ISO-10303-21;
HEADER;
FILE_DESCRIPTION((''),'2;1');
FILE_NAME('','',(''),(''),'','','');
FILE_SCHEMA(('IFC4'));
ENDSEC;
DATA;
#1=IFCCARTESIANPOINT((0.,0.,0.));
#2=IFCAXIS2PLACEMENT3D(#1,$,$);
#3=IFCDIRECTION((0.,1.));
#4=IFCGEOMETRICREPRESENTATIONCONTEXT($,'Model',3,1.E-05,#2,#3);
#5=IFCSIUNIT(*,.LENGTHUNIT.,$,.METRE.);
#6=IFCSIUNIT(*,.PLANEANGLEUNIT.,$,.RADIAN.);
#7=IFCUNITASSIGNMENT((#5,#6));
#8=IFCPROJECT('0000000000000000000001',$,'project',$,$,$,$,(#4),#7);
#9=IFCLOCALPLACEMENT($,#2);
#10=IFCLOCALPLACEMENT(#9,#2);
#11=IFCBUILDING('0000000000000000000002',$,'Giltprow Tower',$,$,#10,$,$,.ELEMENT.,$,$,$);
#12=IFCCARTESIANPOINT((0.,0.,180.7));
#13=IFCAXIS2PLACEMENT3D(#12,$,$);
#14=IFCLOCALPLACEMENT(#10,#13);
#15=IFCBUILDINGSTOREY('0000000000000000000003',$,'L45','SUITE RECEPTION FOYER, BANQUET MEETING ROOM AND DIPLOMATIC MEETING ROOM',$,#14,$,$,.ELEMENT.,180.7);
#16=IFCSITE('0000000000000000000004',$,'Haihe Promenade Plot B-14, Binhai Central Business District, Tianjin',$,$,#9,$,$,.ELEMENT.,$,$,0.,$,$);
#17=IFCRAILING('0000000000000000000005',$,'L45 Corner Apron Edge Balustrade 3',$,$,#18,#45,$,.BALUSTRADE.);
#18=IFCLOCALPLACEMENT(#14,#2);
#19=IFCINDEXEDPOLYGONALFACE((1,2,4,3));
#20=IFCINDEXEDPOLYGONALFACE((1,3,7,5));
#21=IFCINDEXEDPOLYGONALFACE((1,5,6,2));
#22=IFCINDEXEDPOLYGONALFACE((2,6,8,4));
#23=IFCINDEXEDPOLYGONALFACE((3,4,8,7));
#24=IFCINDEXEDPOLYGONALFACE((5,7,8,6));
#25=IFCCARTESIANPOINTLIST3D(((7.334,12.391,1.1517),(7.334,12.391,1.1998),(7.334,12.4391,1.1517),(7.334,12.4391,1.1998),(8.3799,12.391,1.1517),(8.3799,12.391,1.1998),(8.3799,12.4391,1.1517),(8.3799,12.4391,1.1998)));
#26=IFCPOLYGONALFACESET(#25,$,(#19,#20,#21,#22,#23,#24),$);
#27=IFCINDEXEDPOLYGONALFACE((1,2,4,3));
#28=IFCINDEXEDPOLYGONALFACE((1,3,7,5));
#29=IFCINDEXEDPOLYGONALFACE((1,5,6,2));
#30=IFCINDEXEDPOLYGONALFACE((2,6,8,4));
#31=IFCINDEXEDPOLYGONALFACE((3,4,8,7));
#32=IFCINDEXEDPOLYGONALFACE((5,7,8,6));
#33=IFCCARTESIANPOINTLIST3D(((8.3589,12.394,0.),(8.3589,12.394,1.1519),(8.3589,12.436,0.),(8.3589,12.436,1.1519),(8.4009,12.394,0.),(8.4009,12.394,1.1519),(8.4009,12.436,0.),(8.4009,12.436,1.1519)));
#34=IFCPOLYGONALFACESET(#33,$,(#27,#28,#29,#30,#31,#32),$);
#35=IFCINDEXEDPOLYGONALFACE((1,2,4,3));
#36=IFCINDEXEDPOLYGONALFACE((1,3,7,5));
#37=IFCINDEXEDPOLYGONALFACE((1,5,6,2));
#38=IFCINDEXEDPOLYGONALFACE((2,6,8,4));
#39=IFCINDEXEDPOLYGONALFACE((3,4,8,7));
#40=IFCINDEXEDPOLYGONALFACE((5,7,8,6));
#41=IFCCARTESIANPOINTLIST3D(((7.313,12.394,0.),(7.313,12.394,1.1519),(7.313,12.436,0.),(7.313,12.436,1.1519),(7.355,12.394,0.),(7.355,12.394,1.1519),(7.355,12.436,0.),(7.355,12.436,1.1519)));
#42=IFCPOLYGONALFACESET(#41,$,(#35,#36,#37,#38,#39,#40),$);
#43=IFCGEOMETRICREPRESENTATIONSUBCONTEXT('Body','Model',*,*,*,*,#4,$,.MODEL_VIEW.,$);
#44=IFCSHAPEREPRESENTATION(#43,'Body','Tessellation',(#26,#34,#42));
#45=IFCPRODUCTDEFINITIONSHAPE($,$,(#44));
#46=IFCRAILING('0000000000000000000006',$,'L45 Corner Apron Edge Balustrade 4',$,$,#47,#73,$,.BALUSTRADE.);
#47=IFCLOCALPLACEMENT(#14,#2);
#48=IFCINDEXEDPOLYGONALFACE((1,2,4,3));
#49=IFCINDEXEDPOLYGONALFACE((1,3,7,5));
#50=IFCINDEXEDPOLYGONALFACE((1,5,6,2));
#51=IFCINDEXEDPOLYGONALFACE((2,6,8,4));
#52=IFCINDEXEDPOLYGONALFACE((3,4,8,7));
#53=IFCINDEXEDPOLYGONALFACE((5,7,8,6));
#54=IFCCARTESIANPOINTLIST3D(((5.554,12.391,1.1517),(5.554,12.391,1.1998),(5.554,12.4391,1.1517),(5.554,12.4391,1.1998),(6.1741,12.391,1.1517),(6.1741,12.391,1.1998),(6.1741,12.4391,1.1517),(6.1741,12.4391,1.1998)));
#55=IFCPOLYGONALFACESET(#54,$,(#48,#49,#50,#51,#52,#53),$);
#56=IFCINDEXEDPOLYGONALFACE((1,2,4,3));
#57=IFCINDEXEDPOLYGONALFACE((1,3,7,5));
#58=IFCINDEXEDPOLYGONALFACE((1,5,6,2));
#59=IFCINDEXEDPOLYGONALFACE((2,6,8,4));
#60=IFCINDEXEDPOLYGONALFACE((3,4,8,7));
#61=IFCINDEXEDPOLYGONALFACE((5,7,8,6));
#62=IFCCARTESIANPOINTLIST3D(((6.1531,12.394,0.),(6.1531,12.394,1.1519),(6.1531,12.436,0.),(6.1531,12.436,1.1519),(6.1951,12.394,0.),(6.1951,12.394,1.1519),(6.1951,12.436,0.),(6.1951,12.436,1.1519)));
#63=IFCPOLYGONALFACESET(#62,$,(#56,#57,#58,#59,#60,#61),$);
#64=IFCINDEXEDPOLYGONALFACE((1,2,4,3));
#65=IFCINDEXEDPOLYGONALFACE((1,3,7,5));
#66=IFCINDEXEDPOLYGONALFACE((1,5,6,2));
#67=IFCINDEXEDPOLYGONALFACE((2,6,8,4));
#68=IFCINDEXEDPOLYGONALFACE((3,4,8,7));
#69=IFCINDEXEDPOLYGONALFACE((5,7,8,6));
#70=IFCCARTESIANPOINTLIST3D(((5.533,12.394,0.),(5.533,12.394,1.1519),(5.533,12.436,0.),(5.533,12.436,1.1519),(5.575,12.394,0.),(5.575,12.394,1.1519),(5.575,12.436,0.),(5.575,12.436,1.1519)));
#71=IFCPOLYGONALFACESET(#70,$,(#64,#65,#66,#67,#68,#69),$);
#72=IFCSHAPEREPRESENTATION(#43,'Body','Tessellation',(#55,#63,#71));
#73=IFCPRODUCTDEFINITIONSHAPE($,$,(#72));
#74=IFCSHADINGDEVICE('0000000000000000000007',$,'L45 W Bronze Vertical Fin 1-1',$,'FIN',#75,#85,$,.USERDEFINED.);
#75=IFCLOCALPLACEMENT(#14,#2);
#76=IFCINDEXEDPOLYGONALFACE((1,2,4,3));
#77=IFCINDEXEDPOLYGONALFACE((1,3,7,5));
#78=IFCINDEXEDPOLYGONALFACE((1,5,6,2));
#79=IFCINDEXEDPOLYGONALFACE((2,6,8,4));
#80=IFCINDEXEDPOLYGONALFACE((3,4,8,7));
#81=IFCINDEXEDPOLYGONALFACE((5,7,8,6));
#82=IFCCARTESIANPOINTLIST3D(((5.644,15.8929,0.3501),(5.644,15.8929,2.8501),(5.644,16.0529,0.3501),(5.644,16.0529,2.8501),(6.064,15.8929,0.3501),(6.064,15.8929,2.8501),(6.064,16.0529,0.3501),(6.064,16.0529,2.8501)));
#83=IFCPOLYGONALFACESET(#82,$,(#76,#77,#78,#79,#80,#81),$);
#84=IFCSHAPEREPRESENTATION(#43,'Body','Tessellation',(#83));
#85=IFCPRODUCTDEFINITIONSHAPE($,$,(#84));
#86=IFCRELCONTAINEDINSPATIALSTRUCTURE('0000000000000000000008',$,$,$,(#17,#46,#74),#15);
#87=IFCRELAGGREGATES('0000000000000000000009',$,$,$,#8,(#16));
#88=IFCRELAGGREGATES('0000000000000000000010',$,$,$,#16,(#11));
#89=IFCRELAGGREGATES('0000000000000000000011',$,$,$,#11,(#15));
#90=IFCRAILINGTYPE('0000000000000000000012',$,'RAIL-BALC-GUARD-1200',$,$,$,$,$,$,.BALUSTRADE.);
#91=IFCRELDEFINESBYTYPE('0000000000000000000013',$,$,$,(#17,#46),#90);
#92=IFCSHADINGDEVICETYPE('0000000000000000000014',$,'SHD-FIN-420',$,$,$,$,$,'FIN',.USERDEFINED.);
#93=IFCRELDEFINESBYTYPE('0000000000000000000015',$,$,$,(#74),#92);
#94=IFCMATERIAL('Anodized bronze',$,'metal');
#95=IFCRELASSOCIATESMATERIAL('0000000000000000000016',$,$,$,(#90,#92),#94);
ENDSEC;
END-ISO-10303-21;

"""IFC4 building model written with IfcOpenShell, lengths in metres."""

from ifc_helpers import new_model, si_unit, direction, frame, origin, origin_2d, place, context, subcontext, project, spatial, rectangle, extrude, source, transform, mapped, material, type_object, element, save


model = new_model("IFC4")

# Units and contexts
model_context = context("Model", 3, precision=1e-05, world=origin(), true_north=direction((0.0, 1.0)))
body_context = subcontext(model_context, "Body", "Model", "MODEL_VIEW")
ifc_project = project(units=[si_unit("LENGTHUNIT", "METRE"), si_unit("PLANEANGLEUNIT", "RADIAN")], contexts=[model_context])

# Site, building, storey
site_placement = place(None, origin())
site = spatial("IfcSite", under=ifc_project, at=site_placement, Name="Haihe Promenade Plot B-14, Binhai Central Business District, Tianjin", CompositionType="ELEMENT", RefElevation=0.0)
building_placement = place(site_placement, origin())
building = spatial("IfcBuilding", under=site, at=building_placement, Name="Giltprow Tower", CompositionType="ELEMENT")
storey_placement = place(building_placement, frame((0.0, 0.0, 180.7)))
storey = spatial("IfcBuildingStorey", under=building, at=storey_placement, Name="L45", Description="SUITE RECEPTION FOYER, BANQUET MEETING ROOM AND DIPLOMATIC MEETING ROOM", CompositionType="ELEMENT", Elevation=180.7)

# Shared definitions
ifc_material_1 = material(Name="Anodized bronze", Category="metal")

# Railings
railing_type = type_object("IfcRailingType", Name="RAIL-BALC-GUARD-1200", PredefinedType="BALUSTRADE", material=ifc_material_1)
railing_1_placement = place(storey_placement, frame((8.3799, 12.415, 0.0)))
element("IfcRailing", 1, at=railing_1_placement, inside=storey, type_object=railing_type, Name="L45 Corner Apron Edge Balustrade 3", PredefinedType="BALUSTRADE", context=body_context, shape_type="SweptSolid", body=[
    extrude(rectangle(XDim=0.0481, YDim=0.0481, at=origin_2d()), frame((0.0, 0.0, 1.1758), z_axis=(-1.0, 0.0, 0.0), x_axis=(0.0, -1.0, 0.0)), (0.0, 0.0, 1.0), 1.0459),
    extrude(rectangle(XDim=0.042, YDim=0.042, at=origin_2d()), origin(), (0.0, 0.0, 1.0), 1.1519),
    extrude(rectangle(XDim=0.042, YDim=0.042, at=origin_2d()), frame((-1.0459, 0.0, 0.0)), (0.0, 0.0, 1.0), 1.1519),
])
railing_2_placement = place(storey_placement, frame((6.1741, 12.415, 0.0)))
element("IfcRailing", 2, at=railing_2_placement, inside=storey, type_object=railing_type, Name="L45 Corner Apron Edge Balustrade 4", PredefinedType="BALUSTRADE", context=body_context, shape_type="SweptSolid", body=[
    extrude(rectangle(XDim=0.0481, YDim=0.0481, at=origin_2d()), frame((0.0, 0.0, 1.1758), z_axis=(-1.0, 0.0, 0.0), x_axis=(0.0, -1.0, 0.0)), (0.0, 0.0, 1.0), 0.6201),
    extrude(rectangle(XDim=0.042, YDim=0.042, at=origin_2d()), origin(), (0.0, 0.0, 1.0), 1.1519),
    extrude(rectangle(XDim=0.042, YDim=0.042, at=origin_2d()), frame((-0.6201, 0.0, 0.0)), (0.0, 0.0, 1.0), 1.1519),
])

# Shading device
shading_device_type = type_object("IfcShadingDeviceType", Name="SHD-FIN-420", ElementType="FIN", PredefinedType="USERDEFINED", material=ifc_material_1)
shared_shape_1 = source(origin(), body_context, "Body", "SweptSolid", [
    extrude(rectangle(XDim=0.4199, YDim=0.1599, at=origin_2d()), origin(), (0.0, 0.0, 1.0), 2.5),
])
shading_device_placement = place(storey_placement, frame((5.854, 15.9729, 0.3501), z_axis=(0.0, 0.0, 1.0), x_axis=(1.0, 0.0, 0.0)))
element("IfcShadingDevice", 3, at=shading_device_placement, inside=storey, type_object=shading_device_type, Name="L45 W Bronze Vertical Fin 1-1", ObjectType="FIN", PredefinedType="USERDEFINED", context=body_context, shape_type="MappedRepresentation", body=[
    mapped(shared_shape_1, transform((0.0, 0.0, 0.0), x_axis=(1.0, 0.0, 0.0), y_axis=(0.0, 1.0, 0.0), z_axis=(0.0, 0.0, 1.0), scale=1.0)),
])

save(model, "model.ifc")
